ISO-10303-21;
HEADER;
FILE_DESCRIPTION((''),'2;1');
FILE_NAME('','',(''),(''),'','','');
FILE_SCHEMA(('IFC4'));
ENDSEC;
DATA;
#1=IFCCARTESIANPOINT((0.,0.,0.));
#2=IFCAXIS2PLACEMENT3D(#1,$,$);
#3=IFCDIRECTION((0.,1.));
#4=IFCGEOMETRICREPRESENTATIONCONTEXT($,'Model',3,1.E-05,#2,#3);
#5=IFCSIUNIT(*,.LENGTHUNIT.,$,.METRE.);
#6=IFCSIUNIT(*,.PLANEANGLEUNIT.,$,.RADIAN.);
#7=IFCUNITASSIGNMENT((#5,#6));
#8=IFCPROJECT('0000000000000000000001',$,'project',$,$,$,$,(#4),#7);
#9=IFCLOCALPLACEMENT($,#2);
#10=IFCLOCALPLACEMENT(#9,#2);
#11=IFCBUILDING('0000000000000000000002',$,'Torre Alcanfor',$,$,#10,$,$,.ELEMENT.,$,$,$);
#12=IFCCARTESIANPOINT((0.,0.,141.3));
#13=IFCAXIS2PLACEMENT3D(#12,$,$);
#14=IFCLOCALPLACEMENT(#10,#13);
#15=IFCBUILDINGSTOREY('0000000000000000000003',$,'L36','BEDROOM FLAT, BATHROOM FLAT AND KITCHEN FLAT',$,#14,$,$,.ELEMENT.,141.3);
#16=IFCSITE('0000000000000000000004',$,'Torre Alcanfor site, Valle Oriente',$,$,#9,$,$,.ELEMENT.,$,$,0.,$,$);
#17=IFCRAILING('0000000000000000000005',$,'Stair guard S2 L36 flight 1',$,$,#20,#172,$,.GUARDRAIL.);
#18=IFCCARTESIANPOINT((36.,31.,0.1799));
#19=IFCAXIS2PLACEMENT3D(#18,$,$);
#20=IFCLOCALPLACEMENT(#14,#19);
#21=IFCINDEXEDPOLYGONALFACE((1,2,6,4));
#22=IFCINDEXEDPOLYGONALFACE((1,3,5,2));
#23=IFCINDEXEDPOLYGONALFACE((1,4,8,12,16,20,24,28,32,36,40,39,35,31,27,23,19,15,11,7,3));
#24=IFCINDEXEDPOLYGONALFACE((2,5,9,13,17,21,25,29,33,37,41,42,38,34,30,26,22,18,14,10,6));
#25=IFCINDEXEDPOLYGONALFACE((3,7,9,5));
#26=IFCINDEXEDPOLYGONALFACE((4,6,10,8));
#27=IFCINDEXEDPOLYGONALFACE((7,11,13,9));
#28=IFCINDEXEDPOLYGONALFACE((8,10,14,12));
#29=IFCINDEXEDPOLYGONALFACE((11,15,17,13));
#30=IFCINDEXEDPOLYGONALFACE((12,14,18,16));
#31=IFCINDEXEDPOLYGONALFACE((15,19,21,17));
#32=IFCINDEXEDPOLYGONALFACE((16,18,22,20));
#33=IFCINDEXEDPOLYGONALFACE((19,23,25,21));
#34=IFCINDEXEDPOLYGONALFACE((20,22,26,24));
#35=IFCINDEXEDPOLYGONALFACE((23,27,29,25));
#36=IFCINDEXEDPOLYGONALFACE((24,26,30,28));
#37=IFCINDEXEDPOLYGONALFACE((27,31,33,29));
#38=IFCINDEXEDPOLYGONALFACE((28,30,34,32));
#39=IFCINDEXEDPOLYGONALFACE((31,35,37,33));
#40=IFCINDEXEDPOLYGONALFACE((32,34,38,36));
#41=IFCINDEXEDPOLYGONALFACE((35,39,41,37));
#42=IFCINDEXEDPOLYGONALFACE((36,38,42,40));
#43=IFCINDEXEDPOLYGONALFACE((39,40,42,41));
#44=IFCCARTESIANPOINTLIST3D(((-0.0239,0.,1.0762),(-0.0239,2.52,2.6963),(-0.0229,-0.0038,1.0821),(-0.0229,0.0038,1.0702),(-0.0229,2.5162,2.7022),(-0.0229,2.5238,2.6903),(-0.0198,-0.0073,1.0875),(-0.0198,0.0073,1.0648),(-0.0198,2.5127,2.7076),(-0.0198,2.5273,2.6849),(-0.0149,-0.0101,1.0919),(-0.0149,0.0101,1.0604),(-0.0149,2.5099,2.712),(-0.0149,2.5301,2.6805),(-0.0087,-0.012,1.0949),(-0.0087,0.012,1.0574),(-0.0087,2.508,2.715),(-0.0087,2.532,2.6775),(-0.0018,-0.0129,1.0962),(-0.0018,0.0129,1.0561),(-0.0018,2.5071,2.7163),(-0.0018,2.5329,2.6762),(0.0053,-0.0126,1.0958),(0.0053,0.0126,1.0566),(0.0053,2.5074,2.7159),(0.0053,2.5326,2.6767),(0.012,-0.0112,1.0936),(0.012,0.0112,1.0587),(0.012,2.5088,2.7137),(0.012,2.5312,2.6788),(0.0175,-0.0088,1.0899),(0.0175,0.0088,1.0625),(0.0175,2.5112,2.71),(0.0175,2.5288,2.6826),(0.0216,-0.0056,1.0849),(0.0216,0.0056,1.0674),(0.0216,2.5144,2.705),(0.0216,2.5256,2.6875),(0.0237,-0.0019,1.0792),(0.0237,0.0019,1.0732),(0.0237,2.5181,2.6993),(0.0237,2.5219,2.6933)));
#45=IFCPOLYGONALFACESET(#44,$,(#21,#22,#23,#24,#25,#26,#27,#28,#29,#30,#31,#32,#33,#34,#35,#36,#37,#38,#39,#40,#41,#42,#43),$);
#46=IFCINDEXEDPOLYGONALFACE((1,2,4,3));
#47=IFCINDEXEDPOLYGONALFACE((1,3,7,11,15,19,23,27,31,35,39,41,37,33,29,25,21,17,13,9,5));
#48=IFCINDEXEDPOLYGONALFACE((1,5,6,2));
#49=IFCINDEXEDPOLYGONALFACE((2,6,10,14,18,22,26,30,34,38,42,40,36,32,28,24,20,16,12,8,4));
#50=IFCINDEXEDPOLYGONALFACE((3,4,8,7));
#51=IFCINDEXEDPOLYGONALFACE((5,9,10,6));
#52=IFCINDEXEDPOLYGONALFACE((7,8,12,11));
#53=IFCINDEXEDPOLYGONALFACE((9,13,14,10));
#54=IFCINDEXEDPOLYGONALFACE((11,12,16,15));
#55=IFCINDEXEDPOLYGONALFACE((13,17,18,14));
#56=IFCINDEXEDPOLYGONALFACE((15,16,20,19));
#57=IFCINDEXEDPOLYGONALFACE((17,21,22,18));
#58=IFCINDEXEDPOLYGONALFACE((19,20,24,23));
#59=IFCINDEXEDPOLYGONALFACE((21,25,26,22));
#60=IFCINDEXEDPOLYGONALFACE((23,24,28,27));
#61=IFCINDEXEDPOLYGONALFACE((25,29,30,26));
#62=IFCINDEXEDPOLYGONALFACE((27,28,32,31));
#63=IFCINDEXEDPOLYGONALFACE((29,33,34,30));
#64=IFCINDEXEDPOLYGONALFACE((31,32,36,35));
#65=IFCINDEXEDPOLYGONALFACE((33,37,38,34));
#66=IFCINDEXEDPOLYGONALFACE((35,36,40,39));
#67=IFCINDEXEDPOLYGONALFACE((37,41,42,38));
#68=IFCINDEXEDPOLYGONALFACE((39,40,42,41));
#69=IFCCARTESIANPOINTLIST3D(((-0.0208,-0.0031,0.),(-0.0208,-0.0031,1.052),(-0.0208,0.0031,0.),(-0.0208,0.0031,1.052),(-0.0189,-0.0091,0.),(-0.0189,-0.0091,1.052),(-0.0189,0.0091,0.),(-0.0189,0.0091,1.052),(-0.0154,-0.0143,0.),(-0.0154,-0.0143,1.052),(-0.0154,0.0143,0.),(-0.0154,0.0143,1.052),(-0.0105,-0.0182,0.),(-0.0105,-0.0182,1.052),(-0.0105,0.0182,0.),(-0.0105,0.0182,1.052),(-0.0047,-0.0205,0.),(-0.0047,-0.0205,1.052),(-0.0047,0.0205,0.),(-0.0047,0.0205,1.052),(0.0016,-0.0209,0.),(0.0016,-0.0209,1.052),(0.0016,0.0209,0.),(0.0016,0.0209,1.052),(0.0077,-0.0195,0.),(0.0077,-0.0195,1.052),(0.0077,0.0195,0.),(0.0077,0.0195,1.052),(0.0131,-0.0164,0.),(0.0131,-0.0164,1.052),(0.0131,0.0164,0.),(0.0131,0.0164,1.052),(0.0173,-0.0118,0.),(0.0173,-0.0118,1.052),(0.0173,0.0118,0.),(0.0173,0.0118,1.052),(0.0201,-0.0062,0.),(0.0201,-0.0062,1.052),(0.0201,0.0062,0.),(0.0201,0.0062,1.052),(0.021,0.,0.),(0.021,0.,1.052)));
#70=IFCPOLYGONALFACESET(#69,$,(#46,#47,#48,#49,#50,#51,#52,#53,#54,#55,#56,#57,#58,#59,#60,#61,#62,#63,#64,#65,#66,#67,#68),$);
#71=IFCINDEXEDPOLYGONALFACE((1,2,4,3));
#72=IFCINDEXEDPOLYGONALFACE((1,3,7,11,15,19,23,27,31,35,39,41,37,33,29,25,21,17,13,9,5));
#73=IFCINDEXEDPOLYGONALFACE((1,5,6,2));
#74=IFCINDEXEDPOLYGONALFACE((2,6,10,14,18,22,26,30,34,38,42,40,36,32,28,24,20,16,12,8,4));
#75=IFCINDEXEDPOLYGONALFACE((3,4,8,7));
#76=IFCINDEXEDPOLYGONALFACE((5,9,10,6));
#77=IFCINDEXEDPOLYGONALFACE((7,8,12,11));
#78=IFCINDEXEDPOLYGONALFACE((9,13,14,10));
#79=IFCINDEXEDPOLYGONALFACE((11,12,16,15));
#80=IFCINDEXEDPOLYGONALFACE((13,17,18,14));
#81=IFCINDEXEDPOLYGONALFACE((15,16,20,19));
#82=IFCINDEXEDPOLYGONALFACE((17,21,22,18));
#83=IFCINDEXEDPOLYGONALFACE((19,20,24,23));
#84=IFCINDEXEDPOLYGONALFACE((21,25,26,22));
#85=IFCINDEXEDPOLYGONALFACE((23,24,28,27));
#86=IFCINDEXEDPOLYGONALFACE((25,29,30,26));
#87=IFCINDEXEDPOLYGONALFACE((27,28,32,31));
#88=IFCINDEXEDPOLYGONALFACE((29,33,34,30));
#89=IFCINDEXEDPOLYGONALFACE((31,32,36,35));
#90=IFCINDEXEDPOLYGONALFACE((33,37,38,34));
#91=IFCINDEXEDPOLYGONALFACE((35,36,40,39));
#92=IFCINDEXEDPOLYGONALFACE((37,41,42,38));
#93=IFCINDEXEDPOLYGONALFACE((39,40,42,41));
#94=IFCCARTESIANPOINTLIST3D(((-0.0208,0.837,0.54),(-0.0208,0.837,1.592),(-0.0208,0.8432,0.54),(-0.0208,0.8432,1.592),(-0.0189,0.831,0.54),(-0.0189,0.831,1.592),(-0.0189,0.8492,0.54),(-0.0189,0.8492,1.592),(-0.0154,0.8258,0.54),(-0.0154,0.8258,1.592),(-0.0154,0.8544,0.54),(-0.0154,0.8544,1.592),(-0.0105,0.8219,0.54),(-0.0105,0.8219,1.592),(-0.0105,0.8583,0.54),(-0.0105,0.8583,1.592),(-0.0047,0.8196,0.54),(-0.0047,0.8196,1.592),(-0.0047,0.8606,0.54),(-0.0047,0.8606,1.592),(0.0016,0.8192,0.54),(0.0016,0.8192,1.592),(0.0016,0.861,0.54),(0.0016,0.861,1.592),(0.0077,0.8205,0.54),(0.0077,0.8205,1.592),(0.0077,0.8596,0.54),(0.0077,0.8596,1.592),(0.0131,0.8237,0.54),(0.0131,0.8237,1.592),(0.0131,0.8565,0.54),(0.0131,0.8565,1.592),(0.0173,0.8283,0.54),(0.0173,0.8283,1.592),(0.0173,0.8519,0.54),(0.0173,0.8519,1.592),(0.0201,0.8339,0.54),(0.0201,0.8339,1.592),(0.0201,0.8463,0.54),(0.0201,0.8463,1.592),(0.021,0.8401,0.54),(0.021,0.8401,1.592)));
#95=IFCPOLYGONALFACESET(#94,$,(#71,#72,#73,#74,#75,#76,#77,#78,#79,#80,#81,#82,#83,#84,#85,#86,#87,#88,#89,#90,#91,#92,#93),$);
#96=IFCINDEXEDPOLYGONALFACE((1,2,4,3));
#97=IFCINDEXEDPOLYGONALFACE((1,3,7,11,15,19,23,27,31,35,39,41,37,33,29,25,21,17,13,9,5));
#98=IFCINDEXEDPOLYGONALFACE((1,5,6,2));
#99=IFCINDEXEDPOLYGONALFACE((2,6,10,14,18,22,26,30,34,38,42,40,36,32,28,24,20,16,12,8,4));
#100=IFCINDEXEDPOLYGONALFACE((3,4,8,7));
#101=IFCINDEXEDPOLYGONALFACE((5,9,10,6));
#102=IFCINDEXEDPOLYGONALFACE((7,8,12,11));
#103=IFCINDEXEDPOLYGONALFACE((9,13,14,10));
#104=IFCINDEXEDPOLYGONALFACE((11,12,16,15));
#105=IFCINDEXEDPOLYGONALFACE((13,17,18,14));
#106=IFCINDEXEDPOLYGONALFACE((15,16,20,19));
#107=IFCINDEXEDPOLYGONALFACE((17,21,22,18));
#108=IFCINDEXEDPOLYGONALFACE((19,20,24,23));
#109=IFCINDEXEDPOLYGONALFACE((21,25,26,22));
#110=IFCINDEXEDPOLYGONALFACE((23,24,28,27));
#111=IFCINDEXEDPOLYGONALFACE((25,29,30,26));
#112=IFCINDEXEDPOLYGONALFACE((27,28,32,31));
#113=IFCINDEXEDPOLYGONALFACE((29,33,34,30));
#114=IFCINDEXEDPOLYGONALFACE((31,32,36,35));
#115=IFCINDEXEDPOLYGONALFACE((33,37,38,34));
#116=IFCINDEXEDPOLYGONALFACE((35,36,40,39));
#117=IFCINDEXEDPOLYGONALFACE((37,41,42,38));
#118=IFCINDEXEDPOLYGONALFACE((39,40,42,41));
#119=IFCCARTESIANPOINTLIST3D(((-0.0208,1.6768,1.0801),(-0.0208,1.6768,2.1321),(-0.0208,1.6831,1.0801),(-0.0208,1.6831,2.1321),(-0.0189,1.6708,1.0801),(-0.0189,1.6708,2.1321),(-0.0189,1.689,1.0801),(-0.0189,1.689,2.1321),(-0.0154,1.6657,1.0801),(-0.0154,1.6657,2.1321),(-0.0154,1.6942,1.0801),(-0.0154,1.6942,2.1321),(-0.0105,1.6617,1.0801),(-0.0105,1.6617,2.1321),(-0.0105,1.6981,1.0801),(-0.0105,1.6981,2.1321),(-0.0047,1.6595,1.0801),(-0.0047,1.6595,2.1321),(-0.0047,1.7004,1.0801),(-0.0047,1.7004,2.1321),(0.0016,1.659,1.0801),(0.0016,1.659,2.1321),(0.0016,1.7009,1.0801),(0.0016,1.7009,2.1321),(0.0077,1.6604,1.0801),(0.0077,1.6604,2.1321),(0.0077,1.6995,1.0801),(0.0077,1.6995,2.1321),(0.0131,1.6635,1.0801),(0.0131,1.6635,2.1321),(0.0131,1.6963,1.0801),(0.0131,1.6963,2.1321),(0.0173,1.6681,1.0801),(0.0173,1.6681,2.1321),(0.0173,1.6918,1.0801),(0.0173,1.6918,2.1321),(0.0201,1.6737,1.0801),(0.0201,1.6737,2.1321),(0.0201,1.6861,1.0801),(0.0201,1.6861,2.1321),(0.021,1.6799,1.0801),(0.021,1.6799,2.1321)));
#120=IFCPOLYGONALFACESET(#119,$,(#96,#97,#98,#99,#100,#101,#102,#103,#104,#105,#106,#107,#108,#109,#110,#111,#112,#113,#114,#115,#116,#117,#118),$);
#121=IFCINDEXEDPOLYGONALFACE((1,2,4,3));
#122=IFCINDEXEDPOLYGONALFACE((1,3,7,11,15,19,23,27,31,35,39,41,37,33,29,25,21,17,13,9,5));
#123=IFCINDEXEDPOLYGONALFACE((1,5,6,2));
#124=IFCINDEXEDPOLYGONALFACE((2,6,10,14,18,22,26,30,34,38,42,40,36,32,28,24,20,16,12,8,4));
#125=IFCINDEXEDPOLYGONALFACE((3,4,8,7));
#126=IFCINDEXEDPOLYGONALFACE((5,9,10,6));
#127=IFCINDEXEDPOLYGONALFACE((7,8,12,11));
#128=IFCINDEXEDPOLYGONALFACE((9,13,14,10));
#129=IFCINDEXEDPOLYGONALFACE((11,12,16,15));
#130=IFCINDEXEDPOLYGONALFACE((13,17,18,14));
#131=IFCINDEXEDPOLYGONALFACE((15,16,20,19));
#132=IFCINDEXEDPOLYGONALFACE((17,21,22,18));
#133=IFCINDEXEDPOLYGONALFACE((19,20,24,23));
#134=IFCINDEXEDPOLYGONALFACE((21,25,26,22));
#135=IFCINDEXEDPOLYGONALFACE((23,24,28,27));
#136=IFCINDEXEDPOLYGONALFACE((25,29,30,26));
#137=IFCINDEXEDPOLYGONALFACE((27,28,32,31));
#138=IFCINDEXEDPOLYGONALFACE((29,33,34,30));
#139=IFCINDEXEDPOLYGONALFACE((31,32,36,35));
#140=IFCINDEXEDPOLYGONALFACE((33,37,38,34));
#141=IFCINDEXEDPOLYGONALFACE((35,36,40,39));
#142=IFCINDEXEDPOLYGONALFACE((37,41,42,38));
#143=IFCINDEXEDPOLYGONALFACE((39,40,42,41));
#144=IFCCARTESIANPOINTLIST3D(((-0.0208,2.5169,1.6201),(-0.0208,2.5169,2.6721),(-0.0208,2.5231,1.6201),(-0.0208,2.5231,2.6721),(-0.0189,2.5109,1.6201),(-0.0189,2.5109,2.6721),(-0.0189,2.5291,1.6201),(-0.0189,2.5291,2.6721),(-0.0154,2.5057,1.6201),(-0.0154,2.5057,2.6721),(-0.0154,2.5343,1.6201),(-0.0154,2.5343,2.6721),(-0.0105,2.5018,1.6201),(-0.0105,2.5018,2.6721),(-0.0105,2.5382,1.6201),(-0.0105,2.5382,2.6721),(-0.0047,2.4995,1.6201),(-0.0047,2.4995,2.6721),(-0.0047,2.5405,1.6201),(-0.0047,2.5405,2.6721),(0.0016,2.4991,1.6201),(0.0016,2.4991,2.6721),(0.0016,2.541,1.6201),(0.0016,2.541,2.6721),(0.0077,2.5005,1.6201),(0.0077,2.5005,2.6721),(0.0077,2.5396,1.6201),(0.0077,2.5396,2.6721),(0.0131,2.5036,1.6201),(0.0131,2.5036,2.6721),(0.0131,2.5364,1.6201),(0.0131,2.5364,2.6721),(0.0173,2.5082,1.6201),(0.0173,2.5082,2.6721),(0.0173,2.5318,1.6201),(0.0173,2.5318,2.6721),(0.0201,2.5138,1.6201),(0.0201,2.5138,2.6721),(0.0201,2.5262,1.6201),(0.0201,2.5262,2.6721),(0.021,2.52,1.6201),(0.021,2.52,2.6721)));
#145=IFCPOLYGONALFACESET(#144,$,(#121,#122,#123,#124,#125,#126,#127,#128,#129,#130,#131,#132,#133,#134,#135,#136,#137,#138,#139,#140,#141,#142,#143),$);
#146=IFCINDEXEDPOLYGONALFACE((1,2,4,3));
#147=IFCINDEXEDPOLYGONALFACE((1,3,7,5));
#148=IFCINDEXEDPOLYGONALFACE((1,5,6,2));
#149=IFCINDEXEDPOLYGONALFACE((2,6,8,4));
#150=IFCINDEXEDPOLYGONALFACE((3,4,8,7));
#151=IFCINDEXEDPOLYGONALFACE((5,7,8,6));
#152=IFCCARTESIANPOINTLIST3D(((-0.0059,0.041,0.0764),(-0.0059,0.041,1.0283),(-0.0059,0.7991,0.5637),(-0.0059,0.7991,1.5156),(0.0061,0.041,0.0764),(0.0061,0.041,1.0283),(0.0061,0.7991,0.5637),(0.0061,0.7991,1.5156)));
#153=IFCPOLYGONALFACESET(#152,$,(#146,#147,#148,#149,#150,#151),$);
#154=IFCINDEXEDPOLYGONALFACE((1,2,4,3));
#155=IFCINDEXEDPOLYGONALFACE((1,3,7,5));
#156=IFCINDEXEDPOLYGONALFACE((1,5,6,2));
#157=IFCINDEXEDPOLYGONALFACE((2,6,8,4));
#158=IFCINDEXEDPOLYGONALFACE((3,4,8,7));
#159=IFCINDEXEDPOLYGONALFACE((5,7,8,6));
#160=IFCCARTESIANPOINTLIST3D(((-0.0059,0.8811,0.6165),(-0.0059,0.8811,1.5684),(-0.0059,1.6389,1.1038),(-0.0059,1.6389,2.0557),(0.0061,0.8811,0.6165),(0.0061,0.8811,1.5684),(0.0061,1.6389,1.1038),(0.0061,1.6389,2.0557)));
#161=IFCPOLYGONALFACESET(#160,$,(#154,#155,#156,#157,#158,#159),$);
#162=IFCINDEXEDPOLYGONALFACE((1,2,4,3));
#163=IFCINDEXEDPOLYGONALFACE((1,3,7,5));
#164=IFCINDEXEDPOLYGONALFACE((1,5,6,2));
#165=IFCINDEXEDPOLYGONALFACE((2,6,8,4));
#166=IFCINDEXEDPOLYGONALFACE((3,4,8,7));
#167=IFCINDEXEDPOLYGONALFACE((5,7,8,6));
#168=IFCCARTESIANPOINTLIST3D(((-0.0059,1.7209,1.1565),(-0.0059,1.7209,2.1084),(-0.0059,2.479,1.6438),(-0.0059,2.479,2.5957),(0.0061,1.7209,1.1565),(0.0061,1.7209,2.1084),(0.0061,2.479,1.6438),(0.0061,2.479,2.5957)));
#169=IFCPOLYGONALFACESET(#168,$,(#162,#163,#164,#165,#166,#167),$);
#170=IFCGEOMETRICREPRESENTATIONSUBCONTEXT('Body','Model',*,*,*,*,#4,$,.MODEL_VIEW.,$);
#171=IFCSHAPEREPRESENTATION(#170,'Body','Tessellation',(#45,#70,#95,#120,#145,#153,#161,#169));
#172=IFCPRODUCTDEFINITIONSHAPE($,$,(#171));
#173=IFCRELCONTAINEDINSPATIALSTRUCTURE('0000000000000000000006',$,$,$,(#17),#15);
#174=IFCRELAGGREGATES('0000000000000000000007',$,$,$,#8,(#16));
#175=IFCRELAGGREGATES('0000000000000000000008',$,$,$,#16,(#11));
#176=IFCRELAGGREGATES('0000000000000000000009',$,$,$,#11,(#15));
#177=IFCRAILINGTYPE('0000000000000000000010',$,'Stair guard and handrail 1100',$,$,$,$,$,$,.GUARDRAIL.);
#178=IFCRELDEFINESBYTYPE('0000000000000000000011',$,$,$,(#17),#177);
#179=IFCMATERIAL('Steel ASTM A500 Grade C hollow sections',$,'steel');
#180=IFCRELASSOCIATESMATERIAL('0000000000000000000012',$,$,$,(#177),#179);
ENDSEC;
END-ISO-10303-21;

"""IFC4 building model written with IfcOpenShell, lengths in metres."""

from ifc_helpers import new_model, si_unit, direction, frame, origin, origin_2d, place, context, subcontext, project, spatial, polyline, circle, outline, extrude, material, type_object, element, save


model = new_model("IFC4")

# Units and contexts
model_context = context("Model", 3, precision=1e-05, world=origin(), true_north=direction((0.0, 1.0)))
body_context = subcontext(model_context, "Body", "Model", "MODEL_VIEW")
ifc_project = project(units=[si_unit("LENGTHUNIT", "METRE"), si_unit("PLANEANGLEUNIT", "RADIAN")], contexts=[model_context])

# Site, building, storey
site_placement = place(None, origin())
site = spatial("IfcSite", under=ifc_project, at=site_placement, Name="Torre Alcanfor site, Valle Oriente", CompositionType="ELEMENT", RefElevation=0.0)
building_placement = place(site_placement, origin())
building = spatial("IfcBuilding", under=site, at=building_placement, Name="Torre Alcanfor", CompositionType="ELEMENT")
storey_placement = place(building_placement, frame((0.0, 0.0, 141.3)))
storey = spatial("IfcBuildingStorey", under=building, at=storey_placement, Name="L36", Description="BEDROOM FLAT, BATHROOM FLAT AND KITCHEN FLAT", CompositionType="ELEMENT", Elevation=141.3)

# Railing
ifc_material_1 = material(Name="Steel ASTM A500 Grade C hollow sections", Category="steel")
railing_type_1 = type_object("IfcRailingType", Name="Stair guard and handrail 1100", PredefinedType="GUARDRAIL", material=ifc_material_1)
railing_1_placement = place(storey_placement, frame((36.0, 31.0, 0.1799)))
element("IfcRailing", 1, at=railing_1_placement, inside=storey, type_object=railing_type_1, Name="Stair guard S2 L36 flight 1", PredefinedType="GUARDRAIL", context=body_context, shape_type="SweptSolid", body=[
    extrude(circle(Radius=0.0239, at=origin_2d()), frame((0.0, 0.0, 1.0762), z_axis=(0.0, 0.841163, 0.540782), x_axis=(-1.0, 0.0, 0.0)), (0.0, 0.0, 1.0), 2.9958),
    extrude(circle(Radius=0.021, at=origin_2d()), origin(), (0.0, 0.0, 1.0), 1.052),
    extrude(circle(Radius=0.021, at=origin_2d()), frame((0.0, 0.8401, 0.54)), (0.0, 0.0, 1.0), 1.052),
    extrude(circle(Radius=0.021, at=origin_2d()), frame((0.0, 1.6799, 1.0801)), (0.0, 0.0, 1.0), 1.052),
    extrude(circle(Radius=0.021, at=origin_2d()), frame((0.0, 2.52, 1.6201)), (0.0, 0.0, 1.0), 1.052),
    extrude(outline(polyline([(0.041, 0.0764), (0.7991, 0.5637), (0.7991, 1.5156), (0.041, 1.0283), (0.041, 0.0764)])), frame((-0.0059, 0.0, 0.0), z_axis=(1.0, 0.0, 0.0), x_axis=(0.0, 1.0, 0.0)), (0.0, 0.0, 1.0), 0.012),
    extrude(outline(polyline([(0.8811, 0.6165), (1.6389, 1.1038), (1.6389, 2.0557), (0.8811, 1.5684), (0.8811, 0.6165)])), frame((-0.0059, 0.0, 0.0), z_axis=(1.0, 0.0, 0.0), x_axis=(0.0, 1.0, 0.0)), (0.0, 0.0, 1.0), 0.012),
    extrude(outline(polyline([(1.7209, 1.1565), (2.479, 1.6438), (2.479, 2.5957), (1.7209, 2.1084), (1.7209, 1.1565)])), frame((-0.0059, 0.0, 0.0), z_axis=(1.0, 0.0, 0.0), x_axis=(0.0, 1.0, 0.0)), (0.0, 0.0, 1.0), 0.012),
])

save(model, "model.ifc")
